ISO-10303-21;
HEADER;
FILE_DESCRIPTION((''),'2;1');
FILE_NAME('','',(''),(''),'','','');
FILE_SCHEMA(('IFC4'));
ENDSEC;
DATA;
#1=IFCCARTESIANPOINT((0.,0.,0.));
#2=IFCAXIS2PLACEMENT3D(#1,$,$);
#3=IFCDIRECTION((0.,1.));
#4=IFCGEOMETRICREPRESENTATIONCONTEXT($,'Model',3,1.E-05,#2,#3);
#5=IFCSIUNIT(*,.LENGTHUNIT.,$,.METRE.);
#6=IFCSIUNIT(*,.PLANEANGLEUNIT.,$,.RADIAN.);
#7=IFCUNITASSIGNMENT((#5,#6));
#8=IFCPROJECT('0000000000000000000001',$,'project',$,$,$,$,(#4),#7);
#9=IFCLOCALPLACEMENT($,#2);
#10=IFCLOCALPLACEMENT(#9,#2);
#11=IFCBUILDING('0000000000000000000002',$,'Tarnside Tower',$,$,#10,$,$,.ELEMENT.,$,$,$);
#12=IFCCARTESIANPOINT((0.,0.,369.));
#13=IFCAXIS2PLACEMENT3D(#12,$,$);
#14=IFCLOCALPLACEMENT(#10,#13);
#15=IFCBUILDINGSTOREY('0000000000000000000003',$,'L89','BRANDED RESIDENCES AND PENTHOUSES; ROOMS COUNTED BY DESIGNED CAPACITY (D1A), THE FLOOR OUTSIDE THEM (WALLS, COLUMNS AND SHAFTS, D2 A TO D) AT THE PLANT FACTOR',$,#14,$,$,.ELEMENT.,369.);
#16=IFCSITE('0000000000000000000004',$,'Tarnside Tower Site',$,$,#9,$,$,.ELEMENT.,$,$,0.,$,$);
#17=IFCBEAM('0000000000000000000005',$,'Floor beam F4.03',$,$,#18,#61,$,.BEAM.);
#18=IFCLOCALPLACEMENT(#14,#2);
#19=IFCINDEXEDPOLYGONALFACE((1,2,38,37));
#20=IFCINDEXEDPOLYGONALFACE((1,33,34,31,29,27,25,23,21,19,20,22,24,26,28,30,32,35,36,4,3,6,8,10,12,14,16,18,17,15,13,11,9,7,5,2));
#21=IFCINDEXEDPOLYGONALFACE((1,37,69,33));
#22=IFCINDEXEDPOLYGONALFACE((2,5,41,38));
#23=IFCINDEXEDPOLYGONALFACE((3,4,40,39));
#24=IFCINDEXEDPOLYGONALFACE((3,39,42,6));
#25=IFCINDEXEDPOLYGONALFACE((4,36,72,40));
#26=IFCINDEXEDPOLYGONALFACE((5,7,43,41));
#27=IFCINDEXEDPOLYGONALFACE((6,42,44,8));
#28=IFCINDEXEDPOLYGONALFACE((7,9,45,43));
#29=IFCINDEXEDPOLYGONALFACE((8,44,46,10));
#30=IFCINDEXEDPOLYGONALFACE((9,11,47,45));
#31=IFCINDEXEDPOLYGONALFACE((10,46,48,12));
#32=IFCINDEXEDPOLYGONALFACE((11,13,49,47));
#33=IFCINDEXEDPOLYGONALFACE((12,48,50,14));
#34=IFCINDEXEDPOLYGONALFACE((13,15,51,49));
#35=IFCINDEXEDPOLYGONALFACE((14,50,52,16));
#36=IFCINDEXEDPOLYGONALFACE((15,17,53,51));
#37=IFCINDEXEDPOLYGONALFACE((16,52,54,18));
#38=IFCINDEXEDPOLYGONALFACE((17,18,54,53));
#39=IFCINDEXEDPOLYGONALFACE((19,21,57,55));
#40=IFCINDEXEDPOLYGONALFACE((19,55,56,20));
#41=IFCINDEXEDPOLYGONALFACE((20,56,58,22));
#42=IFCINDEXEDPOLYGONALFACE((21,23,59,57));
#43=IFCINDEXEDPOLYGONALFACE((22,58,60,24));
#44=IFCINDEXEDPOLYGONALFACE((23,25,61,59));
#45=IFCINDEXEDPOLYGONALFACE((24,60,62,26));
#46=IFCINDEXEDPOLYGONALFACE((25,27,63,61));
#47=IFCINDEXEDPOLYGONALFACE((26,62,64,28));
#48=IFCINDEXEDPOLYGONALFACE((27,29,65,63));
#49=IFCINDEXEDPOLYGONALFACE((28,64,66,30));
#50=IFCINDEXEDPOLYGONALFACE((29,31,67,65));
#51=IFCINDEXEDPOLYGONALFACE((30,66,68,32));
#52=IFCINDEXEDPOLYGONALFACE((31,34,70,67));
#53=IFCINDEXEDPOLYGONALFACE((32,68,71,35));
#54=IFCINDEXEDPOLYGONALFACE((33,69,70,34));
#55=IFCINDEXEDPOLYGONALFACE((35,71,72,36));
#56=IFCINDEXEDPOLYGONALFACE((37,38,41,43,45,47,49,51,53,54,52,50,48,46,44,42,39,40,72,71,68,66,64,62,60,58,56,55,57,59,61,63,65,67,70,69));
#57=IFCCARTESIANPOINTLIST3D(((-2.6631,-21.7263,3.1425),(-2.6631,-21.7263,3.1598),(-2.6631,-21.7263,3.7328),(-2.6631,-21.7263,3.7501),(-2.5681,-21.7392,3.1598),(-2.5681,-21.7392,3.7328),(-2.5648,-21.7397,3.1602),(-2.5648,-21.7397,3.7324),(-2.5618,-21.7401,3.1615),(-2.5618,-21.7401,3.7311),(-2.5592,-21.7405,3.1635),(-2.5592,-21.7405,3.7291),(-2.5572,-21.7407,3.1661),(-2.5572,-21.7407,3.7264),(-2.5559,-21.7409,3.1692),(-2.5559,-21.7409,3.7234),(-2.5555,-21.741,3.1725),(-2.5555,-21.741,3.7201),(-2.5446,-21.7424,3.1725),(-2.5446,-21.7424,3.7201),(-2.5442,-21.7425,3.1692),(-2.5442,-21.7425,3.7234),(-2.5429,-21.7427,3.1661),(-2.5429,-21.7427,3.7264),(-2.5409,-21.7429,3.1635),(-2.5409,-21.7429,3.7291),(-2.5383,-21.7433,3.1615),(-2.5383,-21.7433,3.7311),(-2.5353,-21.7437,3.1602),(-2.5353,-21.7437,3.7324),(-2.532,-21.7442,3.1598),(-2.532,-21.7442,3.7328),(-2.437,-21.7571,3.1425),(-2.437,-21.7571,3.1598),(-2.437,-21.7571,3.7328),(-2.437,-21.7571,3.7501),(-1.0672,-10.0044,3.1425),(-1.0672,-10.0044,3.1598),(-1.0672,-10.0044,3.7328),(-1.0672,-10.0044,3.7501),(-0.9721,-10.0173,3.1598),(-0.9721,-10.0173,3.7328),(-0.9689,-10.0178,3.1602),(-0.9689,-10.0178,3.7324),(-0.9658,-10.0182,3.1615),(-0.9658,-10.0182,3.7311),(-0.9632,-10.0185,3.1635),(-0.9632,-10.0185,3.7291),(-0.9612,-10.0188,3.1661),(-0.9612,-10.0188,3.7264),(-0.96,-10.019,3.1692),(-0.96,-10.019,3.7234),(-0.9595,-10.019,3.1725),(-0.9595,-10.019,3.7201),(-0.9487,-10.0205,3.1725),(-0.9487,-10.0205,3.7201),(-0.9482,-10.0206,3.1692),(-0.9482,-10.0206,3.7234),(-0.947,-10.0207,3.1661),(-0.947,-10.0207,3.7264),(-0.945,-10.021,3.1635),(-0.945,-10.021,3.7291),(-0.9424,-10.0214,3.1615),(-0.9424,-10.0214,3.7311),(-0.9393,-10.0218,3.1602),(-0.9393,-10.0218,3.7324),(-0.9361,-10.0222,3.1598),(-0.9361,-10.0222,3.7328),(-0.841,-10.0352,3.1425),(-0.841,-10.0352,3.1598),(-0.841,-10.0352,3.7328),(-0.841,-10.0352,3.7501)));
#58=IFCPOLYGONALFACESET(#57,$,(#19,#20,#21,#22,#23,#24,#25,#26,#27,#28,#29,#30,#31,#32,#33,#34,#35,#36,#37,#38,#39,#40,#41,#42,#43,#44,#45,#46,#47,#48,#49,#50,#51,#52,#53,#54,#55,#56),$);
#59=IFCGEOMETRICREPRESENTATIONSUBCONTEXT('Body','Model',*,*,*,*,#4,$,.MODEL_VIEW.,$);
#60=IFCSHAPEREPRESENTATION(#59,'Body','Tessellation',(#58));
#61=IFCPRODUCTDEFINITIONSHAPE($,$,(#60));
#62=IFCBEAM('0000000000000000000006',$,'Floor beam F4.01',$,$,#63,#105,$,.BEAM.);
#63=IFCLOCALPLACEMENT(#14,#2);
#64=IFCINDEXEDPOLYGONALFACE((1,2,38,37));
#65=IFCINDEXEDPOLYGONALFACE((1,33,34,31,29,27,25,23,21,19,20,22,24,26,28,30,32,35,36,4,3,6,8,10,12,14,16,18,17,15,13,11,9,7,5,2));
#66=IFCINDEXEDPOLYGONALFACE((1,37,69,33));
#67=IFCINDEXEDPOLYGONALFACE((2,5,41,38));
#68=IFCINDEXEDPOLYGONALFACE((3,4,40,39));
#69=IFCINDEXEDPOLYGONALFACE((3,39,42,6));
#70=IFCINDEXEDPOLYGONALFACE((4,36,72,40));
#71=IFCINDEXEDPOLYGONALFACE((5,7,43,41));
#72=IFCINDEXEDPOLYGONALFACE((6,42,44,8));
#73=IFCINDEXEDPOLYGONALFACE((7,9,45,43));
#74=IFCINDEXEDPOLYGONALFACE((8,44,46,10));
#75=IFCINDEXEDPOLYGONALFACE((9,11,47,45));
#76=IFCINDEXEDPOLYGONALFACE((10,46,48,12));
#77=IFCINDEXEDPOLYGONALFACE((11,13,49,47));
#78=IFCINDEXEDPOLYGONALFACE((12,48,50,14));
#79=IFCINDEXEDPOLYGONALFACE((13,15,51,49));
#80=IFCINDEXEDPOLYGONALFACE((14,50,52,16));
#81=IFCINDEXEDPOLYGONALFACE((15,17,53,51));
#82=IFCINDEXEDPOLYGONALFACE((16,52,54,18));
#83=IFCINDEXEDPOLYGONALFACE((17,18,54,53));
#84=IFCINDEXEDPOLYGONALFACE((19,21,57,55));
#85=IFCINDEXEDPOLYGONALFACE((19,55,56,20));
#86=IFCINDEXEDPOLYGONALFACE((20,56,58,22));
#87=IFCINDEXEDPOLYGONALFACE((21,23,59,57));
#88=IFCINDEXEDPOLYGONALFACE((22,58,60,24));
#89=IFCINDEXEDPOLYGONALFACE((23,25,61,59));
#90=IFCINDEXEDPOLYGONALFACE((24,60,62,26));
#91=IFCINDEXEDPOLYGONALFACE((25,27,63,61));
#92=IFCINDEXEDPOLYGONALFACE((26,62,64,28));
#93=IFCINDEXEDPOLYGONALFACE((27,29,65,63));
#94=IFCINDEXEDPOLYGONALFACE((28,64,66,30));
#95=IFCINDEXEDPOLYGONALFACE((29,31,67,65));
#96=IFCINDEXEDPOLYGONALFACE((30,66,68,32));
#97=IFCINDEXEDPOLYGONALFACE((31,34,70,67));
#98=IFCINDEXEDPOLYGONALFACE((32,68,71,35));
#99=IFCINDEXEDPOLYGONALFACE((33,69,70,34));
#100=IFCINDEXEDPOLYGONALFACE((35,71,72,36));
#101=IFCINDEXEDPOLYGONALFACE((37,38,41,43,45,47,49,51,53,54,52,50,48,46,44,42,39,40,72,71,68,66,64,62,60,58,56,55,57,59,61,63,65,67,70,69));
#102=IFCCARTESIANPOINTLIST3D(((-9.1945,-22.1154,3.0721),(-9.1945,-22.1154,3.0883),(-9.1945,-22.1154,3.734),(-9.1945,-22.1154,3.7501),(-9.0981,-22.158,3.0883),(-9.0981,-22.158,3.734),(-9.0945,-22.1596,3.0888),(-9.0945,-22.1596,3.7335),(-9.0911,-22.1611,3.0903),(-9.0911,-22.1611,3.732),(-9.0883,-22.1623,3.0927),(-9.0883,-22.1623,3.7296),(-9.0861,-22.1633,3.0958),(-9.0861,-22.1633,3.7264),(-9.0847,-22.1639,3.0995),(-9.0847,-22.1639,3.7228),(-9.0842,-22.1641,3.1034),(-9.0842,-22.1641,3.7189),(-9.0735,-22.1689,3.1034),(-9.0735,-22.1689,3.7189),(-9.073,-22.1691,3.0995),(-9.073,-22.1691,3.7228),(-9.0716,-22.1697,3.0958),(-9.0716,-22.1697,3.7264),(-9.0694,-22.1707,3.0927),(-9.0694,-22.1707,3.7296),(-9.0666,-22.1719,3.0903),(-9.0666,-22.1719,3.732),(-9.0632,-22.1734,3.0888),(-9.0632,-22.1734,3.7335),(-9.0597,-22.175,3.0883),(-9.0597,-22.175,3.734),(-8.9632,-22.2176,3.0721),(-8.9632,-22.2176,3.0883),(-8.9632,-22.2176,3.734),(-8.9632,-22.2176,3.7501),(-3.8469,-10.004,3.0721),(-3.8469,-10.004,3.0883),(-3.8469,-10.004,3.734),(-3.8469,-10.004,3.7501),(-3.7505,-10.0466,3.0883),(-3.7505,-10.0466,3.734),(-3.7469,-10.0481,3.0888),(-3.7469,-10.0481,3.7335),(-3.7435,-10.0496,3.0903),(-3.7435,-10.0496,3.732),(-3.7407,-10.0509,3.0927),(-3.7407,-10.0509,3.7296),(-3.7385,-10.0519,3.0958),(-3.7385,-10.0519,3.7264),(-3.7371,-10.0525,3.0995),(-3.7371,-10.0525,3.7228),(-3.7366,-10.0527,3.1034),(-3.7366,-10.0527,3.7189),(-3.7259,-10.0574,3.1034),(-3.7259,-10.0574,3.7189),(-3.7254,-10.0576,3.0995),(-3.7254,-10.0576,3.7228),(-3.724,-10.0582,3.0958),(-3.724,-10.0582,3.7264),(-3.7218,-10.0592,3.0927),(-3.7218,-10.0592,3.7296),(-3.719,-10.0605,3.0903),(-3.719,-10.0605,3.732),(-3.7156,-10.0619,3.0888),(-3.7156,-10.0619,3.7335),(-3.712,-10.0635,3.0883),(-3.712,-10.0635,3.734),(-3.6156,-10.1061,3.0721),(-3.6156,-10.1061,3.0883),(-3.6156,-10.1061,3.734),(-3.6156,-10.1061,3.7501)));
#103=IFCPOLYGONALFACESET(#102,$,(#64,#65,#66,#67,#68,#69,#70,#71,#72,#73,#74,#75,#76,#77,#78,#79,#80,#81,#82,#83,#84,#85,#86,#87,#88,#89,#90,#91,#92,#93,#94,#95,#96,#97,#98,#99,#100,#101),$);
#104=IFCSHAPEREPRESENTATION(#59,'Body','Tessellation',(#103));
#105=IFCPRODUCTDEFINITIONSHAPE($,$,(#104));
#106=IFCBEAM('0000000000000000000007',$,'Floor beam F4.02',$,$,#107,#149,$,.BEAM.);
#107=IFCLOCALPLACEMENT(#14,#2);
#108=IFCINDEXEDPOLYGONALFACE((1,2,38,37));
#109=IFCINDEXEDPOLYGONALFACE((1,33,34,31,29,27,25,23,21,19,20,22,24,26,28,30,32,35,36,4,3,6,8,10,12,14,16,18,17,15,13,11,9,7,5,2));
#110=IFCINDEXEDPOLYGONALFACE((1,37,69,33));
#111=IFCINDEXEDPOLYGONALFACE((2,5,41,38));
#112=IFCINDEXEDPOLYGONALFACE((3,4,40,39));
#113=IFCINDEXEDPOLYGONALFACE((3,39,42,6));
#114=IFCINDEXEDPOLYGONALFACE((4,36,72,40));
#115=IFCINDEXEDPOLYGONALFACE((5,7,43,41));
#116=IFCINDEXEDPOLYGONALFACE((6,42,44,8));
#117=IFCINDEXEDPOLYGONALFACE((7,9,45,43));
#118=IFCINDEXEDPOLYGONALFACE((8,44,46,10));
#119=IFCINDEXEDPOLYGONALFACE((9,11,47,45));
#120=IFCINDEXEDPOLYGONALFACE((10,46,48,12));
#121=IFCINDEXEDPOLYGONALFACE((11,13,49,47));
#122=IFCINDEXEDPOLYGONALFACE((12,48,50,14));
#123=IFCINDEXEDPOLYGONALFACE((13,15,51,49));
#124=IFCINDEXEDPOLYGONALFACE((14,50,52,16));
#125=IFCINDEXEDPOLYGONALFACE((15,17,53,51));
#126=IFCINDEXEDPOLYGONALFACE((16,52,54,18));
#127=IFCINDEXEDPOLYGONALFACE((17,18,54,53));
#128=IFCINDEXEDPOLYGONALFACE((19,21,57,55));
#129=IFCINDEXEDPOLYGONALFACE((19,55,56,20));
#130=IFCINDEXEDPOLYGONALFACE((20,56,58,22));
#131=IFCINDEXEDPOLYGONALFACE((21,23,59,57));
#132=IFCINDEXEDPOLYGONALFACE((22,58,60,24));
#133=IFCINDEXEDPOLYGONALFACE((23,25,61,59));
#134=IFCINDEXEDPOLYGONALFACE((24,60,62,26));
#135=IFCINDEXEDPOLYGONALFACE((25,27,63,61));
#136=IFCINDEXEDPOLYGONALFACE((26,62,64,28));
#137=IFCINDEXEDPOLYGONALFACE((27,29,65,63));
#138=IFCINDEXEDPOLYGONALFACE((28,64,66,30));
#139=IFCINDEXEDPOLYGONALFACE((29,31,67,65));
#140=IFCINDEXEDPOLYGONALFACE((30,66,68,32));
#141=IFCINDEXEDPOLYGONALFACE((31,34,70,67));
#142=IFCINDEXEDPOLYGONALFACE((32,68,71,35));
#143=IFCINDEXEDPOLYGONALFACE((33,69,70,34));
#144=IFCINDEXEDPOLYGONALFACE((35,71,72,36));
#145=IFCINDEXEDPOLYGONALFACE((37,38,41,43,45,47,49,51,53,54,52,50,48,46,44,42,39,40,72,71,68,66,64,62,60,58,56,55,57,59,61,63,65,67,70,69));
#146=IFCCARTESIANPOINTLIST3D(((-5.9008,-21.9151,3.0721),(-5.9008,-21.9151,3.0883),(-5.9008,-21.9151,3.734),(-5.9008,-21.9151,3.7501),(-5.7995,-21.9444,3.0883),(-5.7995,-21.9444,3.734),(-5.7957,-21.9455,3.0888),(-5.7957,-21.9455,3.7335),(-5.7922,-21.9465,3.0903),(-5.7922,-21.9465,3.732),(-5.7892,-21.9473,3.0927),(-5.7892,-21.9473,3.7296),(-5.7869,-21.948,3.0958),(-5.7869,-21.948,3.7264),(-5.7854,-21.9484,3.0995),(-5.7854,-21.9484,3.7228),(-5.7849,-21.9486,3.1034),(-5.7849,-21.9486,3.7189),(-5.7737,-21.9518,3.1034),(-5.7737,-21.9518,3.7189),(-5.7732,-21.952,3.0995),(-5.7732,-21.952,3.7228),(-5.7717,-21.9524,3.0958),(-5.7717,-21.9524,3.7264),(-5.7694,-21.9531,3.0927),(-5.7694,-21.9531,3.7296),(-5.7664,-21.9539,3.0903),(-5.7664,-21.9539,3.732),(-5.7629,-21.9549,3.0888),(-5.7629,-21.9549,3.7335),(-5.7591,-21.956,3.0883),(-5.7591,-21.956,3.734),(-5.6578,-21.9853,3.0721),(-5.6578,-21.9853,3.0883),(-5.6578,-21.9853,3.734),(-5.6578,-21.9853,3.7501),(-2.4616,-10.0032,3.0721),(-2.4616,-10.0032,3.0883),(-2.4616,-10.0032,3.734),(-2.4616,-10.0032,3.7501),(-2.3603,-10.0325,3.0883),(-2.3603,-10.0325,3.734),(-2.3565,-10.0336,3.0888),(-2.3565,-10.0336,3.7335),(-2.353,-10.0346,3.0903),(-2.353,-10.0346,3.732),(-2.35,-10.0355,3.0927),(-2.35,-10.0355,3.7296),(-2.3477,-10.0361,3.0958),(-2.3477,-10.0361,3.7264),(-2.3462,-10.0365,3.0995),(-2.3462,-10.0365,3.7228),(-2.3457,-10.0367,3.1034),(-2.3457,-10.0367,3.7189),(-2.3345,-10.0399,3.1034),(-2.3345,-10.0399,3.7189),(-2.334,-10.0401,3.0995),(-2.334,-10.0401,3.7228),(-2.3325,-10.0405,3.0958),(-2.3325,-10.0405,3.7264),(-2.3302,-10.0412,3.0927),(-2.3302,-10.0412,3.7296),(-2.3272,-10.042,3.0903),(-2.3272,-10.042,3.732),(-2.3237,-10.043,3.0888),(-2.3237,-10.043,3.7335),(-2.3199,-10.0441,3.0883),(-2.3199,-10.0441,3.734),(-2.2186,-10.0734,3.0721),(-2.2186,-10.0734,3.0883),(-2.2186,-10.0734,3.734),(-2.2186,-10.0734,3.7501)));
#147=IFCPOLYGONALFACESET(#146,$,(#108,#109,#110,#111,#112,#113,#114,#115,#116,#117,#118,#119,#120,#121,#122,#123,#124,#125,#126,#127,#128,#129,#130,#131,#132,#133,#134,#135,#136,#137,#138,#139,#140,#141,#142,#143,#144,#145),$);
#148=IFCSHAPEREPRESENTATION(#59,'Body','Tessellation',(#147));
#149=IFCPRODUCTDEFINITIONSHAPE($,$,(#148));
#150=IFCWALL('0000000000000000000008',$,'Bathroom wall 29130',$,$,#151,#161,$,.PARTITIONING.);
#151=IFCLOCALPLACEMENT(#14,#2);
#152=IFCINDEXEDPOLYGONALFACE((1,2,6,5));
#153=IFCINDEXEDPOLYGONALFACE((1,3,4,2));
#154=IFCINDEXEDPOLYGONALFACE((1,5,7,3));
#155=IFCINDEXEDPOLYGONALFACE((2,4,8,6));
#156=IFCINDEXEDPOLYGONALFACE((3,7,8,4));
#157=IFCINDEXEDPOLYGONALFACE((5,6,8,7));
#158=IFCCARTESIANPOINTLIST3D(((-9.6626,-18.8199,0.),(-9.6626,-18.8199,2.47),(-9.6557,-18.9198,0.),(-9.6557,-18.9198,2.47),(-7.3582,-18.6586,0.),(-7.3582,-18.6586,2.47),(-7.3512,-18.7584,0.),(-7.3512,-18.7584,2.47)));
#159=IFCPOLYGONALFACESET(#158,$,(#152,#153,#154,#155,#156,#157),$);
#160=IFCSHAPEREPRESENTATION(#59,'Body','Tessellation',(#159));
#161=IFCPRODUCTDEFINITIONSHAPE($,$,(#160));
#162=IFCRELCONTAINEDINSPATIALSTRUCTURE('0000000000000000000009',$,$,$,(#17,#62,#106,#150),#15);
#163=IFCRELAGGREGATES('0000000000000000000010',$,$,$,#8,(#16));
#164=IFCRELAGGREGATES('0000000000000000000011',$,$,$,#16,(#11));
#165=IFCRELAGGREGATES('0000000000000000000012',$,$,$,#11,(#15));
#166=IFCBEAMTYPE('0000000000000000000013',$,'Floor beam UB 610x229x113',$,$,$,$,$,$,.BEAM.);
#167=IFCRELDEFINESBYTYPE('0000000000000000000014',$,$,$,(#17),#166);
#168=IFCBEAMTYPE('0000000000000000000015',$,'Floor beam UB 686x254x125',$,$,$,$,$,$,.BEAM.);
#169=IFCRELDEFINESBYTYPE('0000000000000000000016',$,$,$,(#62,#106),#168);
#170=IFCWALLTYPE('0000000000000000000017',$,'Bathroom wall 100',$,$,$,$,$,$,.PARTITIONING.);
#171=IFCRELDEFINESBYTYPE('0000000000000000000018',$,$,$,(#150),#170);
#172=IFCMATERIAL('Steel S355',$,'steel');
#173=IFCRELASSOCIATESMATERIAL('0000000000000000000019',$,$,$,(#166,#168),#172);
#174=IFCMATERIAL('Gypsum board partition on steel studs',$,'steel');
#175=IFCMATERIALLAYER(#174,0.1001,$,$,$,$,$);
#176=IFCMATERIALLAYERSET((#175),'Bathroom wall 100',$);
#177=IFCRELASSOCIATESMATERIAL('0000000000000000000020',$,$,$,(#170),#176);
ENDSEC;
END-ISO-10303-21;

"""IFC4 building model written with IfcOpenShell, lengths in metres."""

from ifc_helpers import new_model, si_unit, direction, frame, frame_2d, origin, origin_2d, place, context, subcontext, project, spatial, rectangle, i_section, extrude, material, layer, layer_set, material_profile, profile_set, type_object, element, save


model = new_model("IFC4")

# Units and contexts
model_context = context("Model", 3, precision=1e-05, world=origin(), true_north=direction((0.0, 1.0)))
body_context = subcontext(model_context, "Body", "Model", "MODEL_VIEW")
ifc_project = project(units=[si_unit("LENGTHUNIT", "METRE"), si_unit("PLANEANGLEUNIT", "RADIAN")], contexts=[model_context])

# Site, building, storey
site_placement = place(None, origin())
site = spatial("IfcSite", under=ifc_project, at=site_placement, Name="Tarnside Tower Site", CompositionType="ELEMENT", RefElevation=0.0)
building_placement = place(site_placement, origin())
building = spatial("IfcBuilding", under=site, at=building_placement, Name="Tarnside Tower", CompositionType="ELEMENT")
storey_placement = place(building_placement, frame((0.0, 0.0, 369.0)))
storey = spatial("IfcBuildingStorey", under=building, at=storey_placement, Name="L89", Description="BRANDED RESIDENCES AND PENTHOUSES; ROOMS COUNTED BY DESIGNED CAPACITY (D1A), THE FLOOR OUTSIDE THEM (WALLS, COLUMNS AND SHAFTS, D2 A TO D) AT THE PLANT FACTOR", CompositionType="ELEMENT", Elevation=369.0)

# Beams
ifc_material_1 = material(Name="Steel S355", Category="steel")
ifc_material_profile_1 = material_profile(ifc_material_1, i_section(OverallWidth=0.2283, OverallDepth=0.6077, WebThickness=0.011, FlangeThickness=0.0173, FilletRadius=0.0127, at=origin_2d()), Name="UB 610x229x113")
ifc_profile_set_1 = profile_set([ifc_material_profile_1], Name="Steel S355")
beam_type_1 = type_object("IfcBeamType", Name="Floor beam UB 610x229x113", PredefinedType="BEAM", material=ifc_profile_set_1)
beam_1_placement = place(storey_placement, frame((-2.55, -21.7417, 3.4463), z_axis=(0.134906, 0.990858, 0.0), x_axis=(-0.990858, 0.134906, 0.0)))
element("IfcBeam", 1, at=beam_1_placement, inside=storey, type_object=beam_type_1, Name="Floor beam F4.03", PredefinedType="BEAM", context=body_context, shape_type="SweptSolid", body=[
    extrude(i_section(OverallWidth=0.2283, OverallDepth=0.6077, WebThickness=0.011, FlangeThickness=0.0173, FilletRadius=0.0127, at=origin_2d()), origin(), (0.0, 0.0, 1.0), 11.8301),
])
ifc_material_profile_2 = material_profile(ifc_material_1, i_section(OverallWidth=0.2529, OverallDepth=0.678, WebThickness=0.0117, FlangeThickness=0.0161, FilletRadius=0.0151, at=origin_2d()), Name="UB 686x254x125")
ifc_profile_set_2 = profile_set([ifc_material_profile_2], Name="Steel S355")
beam_type_2 = type_object("IfcBeamType", Name="Floor beam UB 686x254x125", PredefinedType="BEAM", material=ifc_profile_set_2)
beam_2_placement = place(storey_placement, frame((-9.0789, -22.1665, 3.4111), z_axis=(0.403913, 0.914797, 0.0), x_axis=(-0.914797, 0.403913, 0.0)))
element("IfcBeam", 2, at=beam_2_placement, inside=storey, type_object=beam_type_2, Name="Floor beam F4.01", PredefinedType="BEAM", context=body_context, shape_type="SweptSolid", body=[
    extrude(i_section(OverallWidth=0.2529, OverallDepth=0.678, WebThickness=0.0117, FlangeThickness=0.0161, FilletRadius=0.0151, at=origin_2d()), origin(), (0.0, 0.0, 1.0), 13.2395),
])
beam_3_placement = place(storey_placement, frame((-5.7793, -21.9502, 3.4111), z_axis=(0.277391, 0.960757, 0.0), x_axis=(-0.960757, 0.277391, 0.0)))
element("IfcBeam", 3, at=beam_3_placement, inside=storey, type_object=beam_type_2, Name="Floor beam F4.02", PredefinedType="BEAM", context=body_context, shape_type="SweptSolid", body=[
    extrude(i_section(OverallWidth=0.2529, OverallDepth=0.678, WebThickness=0.0117, FlangeThickness=0.0161, FilletRadius=0.0151, at=origin_2d()), origin(), (0.0, 0.0, 1.0), 12.3984),
])

# Wall
ifc_material_2 = material(Name="Gypsum board partition on steel studs", Category="steel")
ifc_layer_1 = layer(ifc_material_2, 0.1001)
ifc_layer_set_1 = layer_set([ifc_layer_1], Name="Bathroom wall 100")
wall_type_1 = type_object("IfcWallType", Name="Bathroom wall 100", PredefinedType="PARTITIONING", material=ifc_layer_set_1)
wall_1_placement = place(storey_placement, frame((-7.3547, -18.7085, 0.0), z_axis=(0.0, 0.0, 1.0), x_axis=(-0.997557, -0.069858, 0.0)))
element("IfcWall", 4, at=wall_1_placement, inside=storey, type_object=wall_type_1, Name="Bathroom wall 29130", PredefinedType="PARTITIONING", context=body_context, shape_type="SweptSolid", body=[
    extrude(rectangle(XDim=2.3101, YDim=0.1001, at=frame_2d((1.155, 0.0))), origin(), (0.0, 0.0, 1.0), 2.47),
])

save(model, "model.ifc")
